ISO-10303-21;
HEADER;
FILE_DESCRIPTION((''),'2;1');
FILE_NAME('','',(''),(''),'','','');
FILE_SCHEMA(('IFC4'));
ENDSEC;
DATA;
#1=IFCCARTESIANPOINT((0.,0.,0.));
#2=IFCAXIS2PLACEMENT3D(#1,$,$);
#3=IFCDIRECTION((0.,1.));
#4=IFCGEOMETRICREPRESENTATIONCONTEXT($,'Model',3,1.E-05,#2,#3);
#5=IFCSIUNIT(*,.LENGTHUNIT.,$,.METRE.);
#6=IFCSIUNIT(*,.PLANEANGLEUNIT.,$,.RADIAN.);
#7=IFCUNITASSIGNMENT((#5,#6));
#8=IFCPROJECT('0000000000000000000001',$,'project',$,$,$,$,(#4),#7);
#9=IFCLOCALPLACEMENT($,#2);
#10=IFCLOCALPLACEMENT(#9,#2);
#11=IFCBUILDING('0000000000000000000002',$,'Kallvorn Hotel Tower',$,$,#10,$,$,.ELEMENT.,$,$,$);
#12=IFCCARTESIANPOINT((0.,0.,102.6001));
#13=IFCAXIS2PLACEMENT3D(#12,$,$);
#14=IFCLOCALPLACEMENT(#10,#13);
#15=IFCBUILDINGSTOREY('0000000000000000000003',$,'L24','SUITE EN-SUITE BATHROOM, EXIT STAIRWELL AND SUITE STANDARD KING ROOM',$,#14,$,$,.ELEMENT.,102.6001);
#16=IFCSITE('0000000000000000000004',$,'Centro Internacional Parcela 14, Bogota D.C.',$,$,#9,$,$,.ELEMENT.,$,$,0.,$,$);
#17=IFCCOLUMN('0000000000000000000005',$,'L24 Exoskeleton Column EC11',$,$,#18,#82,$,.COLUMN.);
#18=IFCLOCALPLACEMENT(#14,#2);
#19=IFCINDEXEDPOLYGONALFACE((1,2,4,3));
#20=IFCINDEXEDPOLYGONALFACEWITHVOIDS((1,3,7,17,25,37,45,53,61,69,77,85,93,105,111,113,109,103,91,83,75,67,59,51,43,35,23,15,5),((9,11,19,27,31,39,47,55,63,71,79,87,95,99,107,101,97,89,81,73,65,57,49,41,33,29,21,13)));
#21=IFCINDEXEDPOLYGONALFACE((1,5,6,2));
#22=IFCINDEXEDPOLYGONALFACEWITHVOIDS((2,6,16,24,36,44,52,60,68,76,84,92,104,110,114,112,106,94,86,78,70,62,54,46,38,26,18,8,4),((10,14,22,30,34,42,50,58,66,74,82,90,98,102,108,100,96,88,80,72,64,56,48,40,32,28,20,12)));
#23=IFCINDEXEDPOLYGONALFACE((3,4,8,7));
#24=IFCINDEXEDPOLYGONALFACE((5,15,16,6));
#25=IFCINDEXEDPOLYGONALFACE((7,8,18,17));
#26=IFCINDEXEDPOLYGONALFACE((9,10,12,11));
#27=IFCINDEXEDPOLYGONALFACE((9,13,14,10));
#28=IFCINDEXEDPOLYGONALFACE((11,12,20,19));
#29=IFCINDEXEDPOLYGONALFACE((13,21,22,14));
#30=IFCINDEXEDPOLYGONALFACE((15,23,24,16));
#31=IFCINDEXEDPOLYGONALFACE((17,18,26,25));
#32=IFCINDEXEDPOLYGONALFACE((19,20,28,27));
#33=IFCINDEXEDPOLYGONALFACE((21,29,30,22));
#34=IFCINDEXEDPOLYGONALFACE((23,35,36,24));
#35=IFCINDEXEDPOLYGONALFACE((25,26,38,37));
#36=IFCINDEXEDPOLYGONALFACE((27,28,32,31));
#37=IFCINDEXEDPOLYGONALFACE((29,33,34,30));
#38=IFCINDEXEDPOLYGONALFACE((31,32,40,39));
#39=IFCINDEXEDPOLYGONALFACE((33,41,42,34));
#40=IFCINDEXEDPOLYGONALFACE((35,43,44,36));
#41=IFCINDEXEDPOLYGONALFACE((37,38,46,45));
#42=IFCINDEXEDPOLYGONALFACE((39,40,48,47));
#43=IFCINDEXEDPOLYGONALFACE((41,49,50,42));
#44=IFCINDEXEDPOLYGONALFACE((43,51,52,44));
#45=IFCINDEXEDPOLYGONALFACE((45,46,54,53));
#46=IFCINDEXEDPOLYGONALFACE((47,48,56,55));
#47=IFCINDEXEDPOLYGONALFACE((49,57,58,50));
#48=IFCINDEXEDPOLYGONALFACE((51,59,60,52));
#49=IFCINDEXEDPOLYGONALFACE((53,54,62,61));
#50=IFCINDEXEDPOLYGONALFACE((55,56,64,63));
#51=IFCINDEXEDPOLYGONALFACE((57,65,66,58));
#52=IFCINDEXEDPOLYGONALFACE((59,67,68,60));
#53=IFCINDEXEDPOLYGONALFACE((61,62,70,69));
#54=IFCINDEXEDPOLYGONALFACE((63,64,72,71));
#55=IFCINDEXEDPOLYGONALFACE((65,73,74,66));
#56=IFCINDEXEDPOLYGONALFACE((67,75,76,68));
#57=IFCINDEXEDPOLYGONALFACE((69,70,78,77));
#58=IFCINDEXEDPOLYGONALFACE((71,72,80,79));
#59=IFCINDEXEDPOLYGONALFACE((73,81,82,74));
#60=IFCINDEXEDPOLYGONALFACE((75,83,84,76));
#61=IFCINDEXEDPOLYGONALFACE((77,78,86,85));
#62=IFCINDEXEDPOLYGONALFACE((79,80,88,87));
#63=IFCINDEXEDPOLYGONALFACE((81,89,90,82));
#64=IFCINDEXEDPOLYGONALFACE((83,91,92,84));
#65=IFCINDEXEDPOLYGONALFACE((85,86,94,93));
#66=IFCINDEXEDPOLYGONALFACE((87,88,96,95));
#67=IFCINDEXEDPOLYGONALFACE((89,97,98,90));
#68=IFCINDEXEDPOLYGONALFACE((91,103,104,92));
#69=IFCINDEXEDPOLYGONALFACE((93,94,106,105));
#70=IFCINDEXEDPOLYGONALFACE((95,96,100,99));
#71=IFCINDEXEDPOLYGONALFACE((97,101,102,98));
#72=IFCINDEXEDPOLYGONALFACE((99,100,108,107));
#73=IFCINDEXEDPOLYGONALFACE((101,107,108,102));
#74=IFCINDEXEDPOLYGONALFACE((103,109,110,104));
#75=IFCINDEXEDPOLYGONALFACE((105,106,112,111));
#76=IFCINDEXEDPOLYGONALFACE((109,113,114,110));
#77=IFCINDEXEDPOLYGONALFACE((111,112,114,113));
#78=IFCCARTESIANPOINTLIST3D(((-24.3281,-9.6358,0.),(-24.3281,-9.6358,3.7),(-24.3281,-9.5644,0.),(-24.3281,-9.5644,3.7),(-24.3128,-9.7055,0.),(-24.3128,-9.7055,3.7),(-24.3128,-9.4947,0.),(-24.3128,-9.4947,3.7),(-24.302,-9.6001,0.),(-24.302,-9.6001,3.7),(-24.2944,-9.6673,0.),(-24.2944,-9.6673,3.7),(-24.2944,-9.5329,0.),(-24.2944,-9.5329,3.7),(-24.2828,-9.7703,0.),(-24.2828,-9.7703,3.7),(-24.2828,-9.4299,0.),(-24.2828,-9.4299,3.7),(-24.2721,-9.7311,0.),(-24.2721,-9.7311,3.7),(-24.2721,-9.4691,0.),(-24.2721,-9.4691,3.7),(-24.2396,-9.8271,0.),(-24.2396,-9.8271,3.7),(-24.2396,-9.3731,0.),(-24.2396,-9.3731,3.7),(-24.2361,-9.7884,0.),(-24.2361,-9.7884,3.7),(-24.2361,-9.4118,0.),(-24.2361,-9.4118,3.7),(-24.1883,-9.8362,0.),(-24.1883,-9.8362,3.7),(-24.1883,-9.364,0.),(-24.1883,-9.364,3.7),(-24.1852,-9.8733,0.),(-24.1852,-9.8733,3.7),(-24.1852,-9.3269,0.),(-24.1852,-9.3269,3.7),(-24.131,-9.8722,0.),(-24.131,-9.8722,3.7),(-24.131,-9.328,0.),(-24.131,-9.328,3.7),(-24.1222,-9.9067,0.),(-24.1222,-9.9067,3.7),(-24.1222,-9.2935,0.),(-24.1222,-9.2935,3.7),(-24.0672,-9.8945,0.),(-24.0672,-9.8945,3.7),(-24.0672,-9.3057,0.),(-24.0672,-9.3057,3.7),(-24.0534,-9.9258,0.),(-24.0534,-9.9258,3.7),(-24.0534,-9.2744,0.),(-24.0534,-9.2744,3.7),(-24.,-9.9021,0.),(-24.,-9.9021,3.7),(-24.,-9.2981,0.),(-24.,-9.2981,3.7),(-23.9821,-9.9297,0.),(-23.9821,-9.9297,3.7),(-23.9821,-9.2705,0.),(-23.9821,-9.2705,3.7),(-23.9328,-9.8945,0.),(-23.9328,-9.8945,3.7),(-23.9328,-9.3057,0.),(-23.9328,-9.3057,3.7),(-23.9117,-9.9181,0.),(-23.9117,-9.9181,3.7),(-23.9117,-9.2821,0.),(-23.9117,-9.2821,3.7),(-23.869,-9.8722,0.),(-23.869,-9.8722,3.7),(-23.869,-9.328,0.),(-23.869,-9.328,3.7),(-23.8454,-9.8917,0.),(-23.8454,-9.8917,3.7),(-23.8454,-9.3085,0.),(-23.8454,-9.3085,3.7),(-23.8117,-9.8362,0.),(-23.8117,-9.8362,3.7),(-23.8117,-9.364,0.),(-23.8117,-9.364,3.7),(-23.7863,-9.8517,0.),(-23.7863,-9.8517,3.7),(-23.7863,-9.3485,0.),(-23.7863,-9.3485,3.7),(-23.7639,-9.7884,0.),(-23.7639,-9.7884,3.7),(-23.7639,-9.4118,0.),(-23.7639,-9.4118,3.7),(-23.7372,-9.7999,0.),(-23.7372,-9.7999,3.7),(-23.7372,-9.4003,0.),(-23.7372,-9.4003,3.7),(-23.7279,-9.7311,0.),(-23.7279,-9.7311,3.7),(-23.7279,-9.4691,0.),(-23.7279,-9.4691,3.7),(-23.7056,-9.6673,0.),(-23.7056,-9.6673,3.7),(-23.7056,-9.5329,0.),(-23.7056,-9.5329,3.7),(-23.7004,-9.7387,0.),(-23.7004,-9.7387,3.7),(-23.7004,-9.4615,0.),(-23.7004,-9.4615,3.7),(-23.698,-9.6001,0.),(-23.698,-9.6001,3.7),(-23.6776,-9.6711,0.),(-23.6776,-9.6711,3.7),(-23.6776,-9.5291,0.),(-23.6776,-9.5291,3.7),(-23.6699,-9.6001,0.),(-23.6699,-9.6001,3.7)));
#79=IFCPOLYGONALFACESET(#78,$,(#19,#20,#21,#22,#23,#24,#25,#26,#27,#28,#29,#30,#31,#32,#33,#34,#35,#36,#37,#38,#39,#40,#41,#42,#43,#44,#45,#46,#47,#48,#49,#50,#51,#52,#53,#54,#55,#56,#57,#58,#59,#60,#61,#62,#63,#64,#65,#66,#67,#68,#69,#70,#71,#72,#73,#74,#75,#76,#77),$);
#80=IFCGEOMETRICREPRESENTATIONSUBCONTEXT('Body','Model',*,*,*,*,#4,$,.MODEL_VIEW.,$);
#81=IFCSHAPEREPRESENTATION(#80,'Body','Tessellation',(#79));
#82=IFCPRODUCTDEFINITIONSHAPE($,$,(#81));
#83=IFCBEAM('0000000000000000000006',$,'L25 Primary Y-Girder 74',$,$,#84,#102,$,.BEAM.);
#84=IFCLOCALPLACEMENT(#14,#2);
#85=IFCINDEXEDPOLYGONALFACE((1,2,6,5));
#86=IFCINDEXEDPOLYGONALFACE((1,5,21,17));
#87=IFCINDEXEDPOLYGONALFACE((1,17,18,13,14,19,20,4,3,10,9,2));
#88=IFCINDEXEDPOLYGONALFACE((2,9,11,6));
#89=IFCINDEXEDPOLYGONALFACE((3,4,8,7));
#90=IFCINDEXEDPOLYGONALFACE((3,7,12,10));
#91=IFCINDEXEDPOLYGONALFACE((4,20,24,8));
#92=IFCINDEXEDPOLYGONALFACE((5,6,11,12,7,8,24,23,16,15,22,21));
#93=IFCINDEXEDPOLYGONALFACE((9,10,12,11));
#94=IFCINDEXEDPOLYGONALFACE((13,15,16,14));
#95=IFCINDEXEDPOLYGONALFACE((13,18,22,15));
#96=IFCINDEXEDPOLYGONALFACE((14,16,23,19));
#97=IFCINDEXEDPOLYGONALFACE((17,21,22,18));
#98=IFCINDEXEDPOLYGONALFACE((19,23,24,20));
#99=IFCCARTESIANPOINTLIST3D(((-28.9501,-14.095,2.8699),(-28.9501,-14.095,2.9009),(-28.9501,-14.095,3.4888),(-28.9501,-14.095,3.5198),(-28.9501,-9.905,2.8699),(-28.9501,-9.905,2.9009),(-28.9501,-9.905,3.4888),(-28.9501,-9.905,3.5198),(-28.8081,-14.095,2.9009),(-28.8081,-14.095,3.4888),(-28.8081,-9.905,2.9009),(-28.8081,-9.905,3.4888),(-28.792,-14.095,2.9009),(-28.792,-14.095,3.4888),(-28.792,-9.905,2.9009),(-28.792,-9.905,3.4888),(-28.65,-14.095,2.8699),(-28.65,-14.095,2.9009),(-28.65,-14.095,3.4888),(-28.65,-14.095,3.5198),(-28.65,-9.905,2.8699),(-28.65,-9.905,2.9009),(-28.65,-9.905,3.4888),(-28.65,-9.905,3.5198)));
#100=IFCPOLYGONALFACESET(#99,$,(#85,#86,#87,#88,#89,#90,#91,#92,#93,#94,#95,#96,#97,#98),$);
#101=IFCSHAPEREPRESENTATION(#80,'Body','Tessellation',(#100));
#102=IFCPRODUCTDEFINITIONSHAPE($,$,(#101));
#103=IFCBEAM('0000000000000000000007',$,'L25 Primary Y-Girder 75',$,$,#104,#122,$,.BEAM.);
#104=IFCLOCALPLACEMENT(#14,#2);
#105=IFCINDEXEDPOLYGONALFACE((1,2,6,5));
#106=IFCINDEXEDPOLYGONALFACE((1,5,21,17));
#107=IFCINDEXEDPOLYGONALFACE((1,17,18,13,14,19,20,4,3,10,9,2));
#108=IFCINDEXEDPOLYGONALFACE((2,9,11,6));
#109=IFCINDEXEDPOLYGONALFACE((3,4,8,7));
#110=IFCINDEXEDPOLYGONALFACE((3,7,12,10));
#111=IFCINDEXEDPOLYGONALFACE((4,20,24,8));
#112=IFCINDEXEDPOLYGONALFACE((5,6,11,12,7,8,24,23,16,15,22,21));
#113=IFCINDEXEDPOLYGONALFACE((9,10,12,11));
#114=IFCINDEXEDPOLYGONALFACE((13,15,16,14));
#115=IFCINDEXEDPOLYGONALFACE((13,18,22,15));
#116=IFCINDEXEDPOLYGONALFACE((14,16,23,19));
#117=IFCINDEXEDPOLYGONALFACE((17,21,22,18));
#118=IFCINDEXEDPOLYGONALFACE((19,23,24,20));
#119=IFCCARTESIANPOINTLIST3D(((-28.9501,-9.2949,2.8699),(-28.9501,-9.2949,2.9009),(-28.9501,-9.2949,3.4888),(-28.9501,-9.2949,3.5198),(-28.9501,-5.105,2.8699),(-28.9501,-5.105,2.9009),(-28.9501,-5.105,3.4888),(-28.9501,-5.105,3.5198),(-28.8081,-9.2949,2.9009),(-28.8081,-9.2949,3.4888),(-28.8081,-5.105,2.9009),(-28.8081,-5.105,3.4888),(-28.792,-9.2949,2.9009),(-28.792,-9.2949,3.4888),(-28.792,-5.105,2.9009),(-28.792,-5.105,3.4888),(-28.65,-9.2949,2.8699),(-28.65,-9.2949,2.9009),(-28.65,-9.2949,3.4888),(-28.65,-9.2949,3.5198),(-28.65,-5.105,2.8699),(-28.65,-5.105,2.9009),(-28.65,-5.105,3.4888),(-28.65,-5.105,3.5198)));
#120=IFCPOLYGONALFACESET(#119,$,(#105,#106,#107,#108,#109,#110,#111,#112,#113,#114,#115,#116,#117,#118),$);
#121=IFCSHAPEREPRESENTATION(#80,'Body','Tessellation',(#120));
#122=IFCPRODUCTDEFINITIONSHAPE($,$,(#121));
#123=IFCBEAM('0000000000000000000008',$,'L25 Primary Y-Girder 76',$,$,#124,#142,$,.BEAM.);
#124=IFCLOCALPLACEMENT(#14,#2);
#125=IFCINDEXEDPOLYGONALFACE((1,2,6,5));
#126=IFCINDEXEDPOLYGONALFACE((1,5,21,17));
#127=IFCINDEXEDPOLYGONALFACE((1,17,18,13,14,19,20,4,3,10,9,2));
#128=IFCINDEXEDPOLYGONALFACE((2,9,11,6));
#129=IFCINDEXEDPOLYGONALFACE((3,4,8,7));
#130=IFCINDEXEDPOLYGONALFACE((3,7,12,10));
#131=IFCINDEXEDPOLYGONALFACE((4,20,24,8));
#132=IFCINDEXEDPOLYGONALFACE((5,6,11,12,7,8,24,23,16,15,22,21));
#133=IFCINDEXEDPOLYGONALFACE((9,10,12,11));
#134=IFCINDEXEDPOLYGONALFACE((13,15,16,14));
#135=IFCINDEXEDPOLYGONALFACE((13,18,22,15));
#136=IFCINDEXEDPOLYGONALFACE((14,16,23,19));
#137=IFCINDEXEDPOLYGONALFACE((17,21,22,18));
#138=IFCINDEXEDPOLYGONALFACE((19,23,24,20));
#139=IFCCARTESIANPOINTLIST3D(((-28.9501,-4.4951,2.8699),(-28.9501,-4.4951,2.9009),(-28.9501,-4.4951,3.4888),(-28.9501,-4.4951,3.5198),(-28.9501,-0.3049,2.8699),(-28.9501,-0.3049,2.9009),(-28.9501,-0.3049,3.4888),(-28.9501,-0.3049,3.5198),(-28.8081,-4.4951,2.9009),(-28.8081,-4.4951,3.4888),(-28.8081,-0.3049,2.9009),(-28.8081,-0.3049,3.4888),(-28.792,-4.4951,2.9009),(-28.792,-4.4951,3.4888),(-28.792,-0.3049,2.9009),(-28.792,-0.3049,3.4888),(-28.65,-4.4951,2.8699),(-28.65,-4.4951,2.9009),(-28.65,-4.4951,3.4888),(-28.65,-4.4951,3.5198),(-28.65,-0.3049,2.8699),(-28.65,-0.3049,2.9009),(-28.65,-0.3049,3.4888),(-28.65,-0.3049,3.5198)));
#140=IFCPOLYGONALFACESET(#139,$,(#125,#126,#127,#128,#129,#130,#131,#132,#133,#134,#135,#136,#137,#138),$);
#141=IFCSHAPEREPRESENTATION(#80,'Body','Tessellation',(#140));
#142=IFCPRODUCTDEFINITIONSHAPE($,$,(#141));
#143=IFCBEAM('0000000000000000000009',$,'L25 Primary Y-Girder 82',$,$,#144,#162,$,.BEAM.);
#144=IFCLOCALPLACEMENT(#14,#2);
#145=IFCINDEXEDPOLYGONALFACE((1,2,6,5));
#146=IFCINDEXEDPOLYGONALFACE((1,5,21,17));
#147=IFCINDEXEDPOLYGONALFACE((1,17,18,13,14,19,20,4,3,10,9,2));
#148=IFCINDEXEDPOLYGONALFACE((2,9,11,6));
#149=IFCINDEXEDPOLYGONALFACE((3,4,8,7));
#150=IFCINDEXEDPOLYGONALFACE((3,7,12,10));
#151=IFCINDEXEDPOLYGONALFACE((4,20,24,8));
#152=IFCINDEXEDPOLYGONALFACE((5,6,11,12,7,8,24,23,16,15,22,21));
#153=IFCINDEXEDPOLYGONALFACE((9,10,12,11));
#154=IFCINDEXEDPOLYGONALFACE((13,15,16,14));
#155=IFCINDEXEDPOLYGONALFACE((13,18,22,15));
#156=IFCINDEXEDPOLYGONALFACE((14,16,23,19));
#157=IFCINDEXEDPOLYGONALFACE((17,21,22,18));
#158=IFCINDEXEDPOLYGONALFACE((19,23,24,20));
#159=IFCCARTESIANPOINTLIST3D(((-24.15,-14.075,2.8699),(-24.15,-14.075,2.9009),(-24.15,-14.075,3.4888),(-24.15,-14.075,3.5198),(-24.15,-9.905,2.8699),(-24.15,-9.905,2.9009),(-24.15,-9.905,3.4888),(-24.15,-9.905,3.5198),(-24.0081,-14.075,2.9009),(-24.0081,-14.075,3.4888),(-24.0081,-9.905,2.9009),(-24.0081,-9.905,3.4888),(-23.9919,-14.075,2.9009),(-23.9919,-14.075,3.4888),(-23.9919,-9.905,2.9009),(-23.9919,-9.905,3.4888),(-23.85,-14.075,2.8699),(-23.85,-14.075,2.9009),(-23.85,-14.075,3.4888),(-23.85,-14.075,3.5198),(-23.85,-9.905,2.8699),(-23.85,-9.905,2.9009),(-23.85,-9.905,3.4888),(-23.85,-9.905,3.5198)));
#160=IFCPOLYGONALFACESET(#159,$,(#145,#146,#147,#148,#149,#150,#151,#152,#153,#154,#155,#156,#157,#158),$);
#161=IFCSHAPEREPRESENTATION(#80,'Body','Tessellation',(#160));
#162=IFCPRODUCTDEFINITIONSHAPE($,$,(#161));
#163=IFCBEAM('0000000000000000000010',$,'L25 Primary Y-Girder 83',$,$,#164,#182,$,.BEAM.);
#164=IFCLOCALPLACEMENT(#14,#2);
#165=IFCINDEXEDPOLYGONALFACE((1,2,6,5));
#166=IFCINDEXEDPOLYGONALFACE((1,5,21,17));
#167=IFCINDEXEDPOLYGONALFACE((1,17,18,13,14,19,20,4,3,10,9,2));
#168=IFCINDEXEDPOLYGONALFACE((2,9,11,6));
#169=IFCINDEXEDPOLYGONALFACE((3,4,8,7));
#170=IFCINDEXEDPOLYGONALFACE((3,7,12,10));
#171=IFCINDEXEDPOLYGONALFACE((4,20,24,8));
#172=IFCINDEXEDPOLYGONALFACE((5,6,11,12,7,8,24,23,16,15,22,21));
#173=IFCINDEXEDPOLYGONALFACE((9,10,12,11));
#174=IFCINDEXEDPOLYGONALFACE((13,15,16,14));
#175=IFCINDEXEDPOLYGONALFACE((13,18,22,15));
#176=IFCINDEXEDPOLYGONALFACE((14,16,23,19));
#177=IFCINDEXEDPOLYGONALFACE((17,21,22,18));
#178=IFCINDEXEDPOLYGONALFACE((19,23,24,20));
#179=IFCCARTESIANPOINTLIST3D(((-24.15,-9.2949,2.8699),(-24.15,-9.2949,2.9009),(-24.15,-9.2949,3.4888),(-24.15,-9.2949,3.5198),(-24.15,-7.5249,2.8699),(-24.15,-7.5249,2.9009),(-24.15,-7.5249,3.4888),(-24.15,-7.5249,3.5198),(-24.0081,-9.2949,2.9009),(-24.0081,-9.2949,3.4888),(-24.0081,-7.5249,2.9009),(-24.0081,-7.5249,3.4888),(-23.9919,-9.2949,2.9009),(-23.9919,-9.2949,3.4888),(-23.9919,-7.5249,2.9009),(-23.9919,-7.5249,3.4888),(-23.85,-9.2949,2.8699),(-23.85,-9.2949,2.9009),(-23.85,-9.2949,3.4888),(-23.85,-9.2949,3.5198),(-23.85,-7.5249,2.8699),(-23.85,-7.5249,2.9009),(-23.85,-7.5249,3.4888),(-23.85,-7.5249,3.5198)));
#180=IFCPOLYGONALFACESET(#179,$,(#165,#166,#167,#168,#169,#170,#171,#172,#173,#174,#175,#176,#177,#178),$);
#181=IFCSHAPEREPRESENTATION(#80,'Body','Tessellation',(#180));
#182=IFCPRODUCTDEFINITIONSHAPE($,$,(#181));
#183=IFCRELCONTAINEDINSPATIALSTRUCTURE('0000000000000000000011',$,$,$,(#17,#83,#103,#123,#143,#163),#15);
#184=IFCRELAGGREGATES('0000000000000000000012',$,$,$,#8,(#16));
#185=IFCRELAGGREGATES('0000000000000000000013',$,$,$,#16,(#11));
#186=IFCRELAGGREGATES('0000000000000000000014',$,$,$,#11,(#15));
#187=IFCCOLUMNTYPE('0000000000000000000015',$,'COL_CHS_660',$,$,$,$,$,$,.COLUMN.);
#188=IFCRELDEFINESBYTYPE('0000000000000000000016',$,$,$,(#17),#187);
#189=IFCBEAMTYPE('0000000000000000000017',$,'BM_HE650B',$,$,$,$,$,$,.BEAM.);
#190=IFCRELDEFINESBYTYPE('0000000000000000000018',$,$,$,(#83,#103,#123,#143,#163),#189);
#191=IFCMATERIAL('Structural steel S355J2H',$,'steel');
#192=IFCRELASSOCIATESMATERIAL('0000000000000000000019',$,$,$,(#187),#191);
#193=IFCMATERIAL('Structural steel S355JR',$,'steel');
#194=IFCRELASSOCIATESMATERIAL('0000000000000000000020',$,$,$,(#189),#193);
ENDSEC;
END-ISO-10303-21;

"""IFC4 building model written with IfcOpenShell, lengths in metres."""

from ifc_helpers import new_model, si_unit, direction, frame, origin, origin_2d, place, context, subcontext, project, spatial, hollow_circle, i_section, extrude, material, material_profile, profile_set, type_object, element, save


model = new_model("IFC4")

# Units and contexts
model_context = context("Model", 3, precision=1e-05, world=origin(), true_north=direction((0.0, 1.0)))
body_context = subcontext(model_context, "Body", "Model", "MODEL_VIEW")
ifc_project = project(units=[si_unit("LENGTHUNIT", "METRE"), si_unit("PLANEANGLEUNIT", "RADIAN")], contexts=[model_context])

# Site, building, storey
site_placement = place(None, origin())
site = spatial("IfcSite", under=ifc_project, at=site_placement, Name="Centro Internacional Parcela 14, Bogota D.C.", CompositionType="ELEMENT", RefElevation=0.0)
building_placement = place(site_placement, origin())
building = spatial("IfcBuilding", under=site, at=building_placement, Name="Kallvorn Hotel Tower", CompositionType="ELEMENT")
storey_placement = place(building_placement, frame((0.0, 0.0, 102.6001)))
storey = spatial("IfcBuildingStorey", under=building, at=storey_placement, Name="L24", Description="SUITE EN-SUITE BATHROOM, EXIT STAIRWELL AND SUITE STANDARD KING ROOM", CompositionType="ELEMENT", Elevation=102.6001)

# Column
ifc_material_1 = material(Name="Structural steel S355J2H", Category="steel")
ifc_material_profile_1 = material_profile(ifc_material_1, hollow_circle(Radius=0.3301, WallThickness=0.0281, at=origin_2d()), Name="CHS 660x28")
ifc_profile_set_1 = profile_set([ifc_material_profile_1], Name="Structural steel S355J2H")
column_type = type_object("IfcColumnType", Name="COL_CHS_660", PredefinedType="COLUMN", material=ifc_profile_set_1)
for number, where, z_axis, x_axis, name in (
    (1, (-24.0, -9.6001, 0.0), (0.0, 0.0, 1.0), (1.0, 0.0, 0.0), "L24 Exoskeleton Column EC11"),
):
    element("IfcColumn", number, at=place(storey_placement, frame(where, z_axis=z_axis, x_axis=x_axis)), inside=storey, type_object=column_type, Name=name, PredefinedType="COLUMN", context=body_context, shape_type="SweptSolid", body=[
        extrude(hollow_circle(Radius=0.3301, WallThickness=0.0281, at=origin_2d()), origin(), (0.0, 0.0, 1.0), 3.7),
    ])

# Beams
ifc_material_2 = material(Name="Structural steel S355JR", Category="steel")
ifc_material_profile_2 = material_profile(ifc_material_2, i_section(OverallWidth=0.3, OverallDepth=0.6499, WebThickness=0.0161, FlangeThickness=0.031, at=origin_2d()), Name="HE 650 B")
ifc_profile_set_2 = profile_set([ifc_material_profile_2], Name="Structural steel S355JR")
beam_type_1 = type_object("IfcBeamType", Name="BM_HE650B", PredefinedType="BEAM", material=ifc_profile_set_2)
for number, where, z_axis, x_axis, name in (
    (2, (-28.8, -14.095, 3.1948), (0.0, 1.0, 0.0), (-1.0, 0.0, 0.0), "L25 Primary Y-Girder 74"),
    (3, (-28.8, -9.2949, 3.1948), (0.0, 1.0, 0.0), (-1.0, 0.0, 0.0), "L25 Primary Y-Girder 75"),
):
    element("IfcBeam", number, at=place(storey_placement, frame(where, z_axis=z_axis, x_axis=x_axis)), inside=storey, type_object=beam_type_1, Name=name, PredefinedType="BEAM", context=body_context, shape_type="SweptSolid", body=[
        extrude(i_section(OverallWidth=0.3, OverallDepth=0.6499, WebThickness=0.0161, FlangeThickness=0.031, at=origin_2d()), origin(), (0.0, 0.0, 1.0), 4.1899),
    ])
beam_1_placement = place(storey_placement, frame((-28.8, -4.4951, 3.1948), z_axis=(0.0, 1.0, 0.0), x_axis=(-1.0, 0.0, 0.0)))
element("IfcBeam", 4, at=beam_1_placement, inside=storey, type_object=beam_type_1, Name="L25 Primary Y-Girder 76", PredefinedType="BEAM", context=body_context, shape_type="SweptSolid", body=[
    extrude(i_section(OverallWidth=0.3, OverallDepth=0.6499, WebThickness=0.0161, FlangeThickness=0.031, at=origin_2d()), origin(), (0.0, 0.0, 1.0), 4.1902),
])
beam_2_placement = place(storey_placement, frame((-24.0, -14.075, 3.1948), z_axis=(0.0, 1.0, 0.0), x_axis=(-1.0, 0.0, 0.0)))
element("IfcBeam", 5, at=beam_2_placement, inside=storey, type_object=beam_type_1, Name="L25 Primary Y-Girder 82", PredefinedType="BEAM", context=body_context, shape_type="SweptSolid", body=[
    extrude(i_section(OverallWidth=0.3, OverallDepth=0.6499, WebThickness=0.0161, FlangeThickness=0.031, at=origin_2d()), origin(), (0.0, 0.0, 1.0), 4.1699),
])
beam_3_placement = place(storey_placement, frame((-24.0, -9.2949, 3.1948), z_axis=(0.0, 1.0, 0.0), x_axis=(-1.0, 0.0, 0.0)))
element("IfcBeam", 6, at=beam_3_placement, inside=storey, type_object=beam_type_1, Name="L25 Primary Y-Girder 83", PredefinedType="BEAM", context=body_context, shape_type="SweptSolid", body=[
    extrude(i_section(OverallWidth=0.3, OverallDepth=0.6499, WebThickness=0.0161, FlangeThickness=0.031, at=origin_2d()), origin(), (0.0, 0.0, 1.0), 1.77),
])

save(model, "model.ifc")
